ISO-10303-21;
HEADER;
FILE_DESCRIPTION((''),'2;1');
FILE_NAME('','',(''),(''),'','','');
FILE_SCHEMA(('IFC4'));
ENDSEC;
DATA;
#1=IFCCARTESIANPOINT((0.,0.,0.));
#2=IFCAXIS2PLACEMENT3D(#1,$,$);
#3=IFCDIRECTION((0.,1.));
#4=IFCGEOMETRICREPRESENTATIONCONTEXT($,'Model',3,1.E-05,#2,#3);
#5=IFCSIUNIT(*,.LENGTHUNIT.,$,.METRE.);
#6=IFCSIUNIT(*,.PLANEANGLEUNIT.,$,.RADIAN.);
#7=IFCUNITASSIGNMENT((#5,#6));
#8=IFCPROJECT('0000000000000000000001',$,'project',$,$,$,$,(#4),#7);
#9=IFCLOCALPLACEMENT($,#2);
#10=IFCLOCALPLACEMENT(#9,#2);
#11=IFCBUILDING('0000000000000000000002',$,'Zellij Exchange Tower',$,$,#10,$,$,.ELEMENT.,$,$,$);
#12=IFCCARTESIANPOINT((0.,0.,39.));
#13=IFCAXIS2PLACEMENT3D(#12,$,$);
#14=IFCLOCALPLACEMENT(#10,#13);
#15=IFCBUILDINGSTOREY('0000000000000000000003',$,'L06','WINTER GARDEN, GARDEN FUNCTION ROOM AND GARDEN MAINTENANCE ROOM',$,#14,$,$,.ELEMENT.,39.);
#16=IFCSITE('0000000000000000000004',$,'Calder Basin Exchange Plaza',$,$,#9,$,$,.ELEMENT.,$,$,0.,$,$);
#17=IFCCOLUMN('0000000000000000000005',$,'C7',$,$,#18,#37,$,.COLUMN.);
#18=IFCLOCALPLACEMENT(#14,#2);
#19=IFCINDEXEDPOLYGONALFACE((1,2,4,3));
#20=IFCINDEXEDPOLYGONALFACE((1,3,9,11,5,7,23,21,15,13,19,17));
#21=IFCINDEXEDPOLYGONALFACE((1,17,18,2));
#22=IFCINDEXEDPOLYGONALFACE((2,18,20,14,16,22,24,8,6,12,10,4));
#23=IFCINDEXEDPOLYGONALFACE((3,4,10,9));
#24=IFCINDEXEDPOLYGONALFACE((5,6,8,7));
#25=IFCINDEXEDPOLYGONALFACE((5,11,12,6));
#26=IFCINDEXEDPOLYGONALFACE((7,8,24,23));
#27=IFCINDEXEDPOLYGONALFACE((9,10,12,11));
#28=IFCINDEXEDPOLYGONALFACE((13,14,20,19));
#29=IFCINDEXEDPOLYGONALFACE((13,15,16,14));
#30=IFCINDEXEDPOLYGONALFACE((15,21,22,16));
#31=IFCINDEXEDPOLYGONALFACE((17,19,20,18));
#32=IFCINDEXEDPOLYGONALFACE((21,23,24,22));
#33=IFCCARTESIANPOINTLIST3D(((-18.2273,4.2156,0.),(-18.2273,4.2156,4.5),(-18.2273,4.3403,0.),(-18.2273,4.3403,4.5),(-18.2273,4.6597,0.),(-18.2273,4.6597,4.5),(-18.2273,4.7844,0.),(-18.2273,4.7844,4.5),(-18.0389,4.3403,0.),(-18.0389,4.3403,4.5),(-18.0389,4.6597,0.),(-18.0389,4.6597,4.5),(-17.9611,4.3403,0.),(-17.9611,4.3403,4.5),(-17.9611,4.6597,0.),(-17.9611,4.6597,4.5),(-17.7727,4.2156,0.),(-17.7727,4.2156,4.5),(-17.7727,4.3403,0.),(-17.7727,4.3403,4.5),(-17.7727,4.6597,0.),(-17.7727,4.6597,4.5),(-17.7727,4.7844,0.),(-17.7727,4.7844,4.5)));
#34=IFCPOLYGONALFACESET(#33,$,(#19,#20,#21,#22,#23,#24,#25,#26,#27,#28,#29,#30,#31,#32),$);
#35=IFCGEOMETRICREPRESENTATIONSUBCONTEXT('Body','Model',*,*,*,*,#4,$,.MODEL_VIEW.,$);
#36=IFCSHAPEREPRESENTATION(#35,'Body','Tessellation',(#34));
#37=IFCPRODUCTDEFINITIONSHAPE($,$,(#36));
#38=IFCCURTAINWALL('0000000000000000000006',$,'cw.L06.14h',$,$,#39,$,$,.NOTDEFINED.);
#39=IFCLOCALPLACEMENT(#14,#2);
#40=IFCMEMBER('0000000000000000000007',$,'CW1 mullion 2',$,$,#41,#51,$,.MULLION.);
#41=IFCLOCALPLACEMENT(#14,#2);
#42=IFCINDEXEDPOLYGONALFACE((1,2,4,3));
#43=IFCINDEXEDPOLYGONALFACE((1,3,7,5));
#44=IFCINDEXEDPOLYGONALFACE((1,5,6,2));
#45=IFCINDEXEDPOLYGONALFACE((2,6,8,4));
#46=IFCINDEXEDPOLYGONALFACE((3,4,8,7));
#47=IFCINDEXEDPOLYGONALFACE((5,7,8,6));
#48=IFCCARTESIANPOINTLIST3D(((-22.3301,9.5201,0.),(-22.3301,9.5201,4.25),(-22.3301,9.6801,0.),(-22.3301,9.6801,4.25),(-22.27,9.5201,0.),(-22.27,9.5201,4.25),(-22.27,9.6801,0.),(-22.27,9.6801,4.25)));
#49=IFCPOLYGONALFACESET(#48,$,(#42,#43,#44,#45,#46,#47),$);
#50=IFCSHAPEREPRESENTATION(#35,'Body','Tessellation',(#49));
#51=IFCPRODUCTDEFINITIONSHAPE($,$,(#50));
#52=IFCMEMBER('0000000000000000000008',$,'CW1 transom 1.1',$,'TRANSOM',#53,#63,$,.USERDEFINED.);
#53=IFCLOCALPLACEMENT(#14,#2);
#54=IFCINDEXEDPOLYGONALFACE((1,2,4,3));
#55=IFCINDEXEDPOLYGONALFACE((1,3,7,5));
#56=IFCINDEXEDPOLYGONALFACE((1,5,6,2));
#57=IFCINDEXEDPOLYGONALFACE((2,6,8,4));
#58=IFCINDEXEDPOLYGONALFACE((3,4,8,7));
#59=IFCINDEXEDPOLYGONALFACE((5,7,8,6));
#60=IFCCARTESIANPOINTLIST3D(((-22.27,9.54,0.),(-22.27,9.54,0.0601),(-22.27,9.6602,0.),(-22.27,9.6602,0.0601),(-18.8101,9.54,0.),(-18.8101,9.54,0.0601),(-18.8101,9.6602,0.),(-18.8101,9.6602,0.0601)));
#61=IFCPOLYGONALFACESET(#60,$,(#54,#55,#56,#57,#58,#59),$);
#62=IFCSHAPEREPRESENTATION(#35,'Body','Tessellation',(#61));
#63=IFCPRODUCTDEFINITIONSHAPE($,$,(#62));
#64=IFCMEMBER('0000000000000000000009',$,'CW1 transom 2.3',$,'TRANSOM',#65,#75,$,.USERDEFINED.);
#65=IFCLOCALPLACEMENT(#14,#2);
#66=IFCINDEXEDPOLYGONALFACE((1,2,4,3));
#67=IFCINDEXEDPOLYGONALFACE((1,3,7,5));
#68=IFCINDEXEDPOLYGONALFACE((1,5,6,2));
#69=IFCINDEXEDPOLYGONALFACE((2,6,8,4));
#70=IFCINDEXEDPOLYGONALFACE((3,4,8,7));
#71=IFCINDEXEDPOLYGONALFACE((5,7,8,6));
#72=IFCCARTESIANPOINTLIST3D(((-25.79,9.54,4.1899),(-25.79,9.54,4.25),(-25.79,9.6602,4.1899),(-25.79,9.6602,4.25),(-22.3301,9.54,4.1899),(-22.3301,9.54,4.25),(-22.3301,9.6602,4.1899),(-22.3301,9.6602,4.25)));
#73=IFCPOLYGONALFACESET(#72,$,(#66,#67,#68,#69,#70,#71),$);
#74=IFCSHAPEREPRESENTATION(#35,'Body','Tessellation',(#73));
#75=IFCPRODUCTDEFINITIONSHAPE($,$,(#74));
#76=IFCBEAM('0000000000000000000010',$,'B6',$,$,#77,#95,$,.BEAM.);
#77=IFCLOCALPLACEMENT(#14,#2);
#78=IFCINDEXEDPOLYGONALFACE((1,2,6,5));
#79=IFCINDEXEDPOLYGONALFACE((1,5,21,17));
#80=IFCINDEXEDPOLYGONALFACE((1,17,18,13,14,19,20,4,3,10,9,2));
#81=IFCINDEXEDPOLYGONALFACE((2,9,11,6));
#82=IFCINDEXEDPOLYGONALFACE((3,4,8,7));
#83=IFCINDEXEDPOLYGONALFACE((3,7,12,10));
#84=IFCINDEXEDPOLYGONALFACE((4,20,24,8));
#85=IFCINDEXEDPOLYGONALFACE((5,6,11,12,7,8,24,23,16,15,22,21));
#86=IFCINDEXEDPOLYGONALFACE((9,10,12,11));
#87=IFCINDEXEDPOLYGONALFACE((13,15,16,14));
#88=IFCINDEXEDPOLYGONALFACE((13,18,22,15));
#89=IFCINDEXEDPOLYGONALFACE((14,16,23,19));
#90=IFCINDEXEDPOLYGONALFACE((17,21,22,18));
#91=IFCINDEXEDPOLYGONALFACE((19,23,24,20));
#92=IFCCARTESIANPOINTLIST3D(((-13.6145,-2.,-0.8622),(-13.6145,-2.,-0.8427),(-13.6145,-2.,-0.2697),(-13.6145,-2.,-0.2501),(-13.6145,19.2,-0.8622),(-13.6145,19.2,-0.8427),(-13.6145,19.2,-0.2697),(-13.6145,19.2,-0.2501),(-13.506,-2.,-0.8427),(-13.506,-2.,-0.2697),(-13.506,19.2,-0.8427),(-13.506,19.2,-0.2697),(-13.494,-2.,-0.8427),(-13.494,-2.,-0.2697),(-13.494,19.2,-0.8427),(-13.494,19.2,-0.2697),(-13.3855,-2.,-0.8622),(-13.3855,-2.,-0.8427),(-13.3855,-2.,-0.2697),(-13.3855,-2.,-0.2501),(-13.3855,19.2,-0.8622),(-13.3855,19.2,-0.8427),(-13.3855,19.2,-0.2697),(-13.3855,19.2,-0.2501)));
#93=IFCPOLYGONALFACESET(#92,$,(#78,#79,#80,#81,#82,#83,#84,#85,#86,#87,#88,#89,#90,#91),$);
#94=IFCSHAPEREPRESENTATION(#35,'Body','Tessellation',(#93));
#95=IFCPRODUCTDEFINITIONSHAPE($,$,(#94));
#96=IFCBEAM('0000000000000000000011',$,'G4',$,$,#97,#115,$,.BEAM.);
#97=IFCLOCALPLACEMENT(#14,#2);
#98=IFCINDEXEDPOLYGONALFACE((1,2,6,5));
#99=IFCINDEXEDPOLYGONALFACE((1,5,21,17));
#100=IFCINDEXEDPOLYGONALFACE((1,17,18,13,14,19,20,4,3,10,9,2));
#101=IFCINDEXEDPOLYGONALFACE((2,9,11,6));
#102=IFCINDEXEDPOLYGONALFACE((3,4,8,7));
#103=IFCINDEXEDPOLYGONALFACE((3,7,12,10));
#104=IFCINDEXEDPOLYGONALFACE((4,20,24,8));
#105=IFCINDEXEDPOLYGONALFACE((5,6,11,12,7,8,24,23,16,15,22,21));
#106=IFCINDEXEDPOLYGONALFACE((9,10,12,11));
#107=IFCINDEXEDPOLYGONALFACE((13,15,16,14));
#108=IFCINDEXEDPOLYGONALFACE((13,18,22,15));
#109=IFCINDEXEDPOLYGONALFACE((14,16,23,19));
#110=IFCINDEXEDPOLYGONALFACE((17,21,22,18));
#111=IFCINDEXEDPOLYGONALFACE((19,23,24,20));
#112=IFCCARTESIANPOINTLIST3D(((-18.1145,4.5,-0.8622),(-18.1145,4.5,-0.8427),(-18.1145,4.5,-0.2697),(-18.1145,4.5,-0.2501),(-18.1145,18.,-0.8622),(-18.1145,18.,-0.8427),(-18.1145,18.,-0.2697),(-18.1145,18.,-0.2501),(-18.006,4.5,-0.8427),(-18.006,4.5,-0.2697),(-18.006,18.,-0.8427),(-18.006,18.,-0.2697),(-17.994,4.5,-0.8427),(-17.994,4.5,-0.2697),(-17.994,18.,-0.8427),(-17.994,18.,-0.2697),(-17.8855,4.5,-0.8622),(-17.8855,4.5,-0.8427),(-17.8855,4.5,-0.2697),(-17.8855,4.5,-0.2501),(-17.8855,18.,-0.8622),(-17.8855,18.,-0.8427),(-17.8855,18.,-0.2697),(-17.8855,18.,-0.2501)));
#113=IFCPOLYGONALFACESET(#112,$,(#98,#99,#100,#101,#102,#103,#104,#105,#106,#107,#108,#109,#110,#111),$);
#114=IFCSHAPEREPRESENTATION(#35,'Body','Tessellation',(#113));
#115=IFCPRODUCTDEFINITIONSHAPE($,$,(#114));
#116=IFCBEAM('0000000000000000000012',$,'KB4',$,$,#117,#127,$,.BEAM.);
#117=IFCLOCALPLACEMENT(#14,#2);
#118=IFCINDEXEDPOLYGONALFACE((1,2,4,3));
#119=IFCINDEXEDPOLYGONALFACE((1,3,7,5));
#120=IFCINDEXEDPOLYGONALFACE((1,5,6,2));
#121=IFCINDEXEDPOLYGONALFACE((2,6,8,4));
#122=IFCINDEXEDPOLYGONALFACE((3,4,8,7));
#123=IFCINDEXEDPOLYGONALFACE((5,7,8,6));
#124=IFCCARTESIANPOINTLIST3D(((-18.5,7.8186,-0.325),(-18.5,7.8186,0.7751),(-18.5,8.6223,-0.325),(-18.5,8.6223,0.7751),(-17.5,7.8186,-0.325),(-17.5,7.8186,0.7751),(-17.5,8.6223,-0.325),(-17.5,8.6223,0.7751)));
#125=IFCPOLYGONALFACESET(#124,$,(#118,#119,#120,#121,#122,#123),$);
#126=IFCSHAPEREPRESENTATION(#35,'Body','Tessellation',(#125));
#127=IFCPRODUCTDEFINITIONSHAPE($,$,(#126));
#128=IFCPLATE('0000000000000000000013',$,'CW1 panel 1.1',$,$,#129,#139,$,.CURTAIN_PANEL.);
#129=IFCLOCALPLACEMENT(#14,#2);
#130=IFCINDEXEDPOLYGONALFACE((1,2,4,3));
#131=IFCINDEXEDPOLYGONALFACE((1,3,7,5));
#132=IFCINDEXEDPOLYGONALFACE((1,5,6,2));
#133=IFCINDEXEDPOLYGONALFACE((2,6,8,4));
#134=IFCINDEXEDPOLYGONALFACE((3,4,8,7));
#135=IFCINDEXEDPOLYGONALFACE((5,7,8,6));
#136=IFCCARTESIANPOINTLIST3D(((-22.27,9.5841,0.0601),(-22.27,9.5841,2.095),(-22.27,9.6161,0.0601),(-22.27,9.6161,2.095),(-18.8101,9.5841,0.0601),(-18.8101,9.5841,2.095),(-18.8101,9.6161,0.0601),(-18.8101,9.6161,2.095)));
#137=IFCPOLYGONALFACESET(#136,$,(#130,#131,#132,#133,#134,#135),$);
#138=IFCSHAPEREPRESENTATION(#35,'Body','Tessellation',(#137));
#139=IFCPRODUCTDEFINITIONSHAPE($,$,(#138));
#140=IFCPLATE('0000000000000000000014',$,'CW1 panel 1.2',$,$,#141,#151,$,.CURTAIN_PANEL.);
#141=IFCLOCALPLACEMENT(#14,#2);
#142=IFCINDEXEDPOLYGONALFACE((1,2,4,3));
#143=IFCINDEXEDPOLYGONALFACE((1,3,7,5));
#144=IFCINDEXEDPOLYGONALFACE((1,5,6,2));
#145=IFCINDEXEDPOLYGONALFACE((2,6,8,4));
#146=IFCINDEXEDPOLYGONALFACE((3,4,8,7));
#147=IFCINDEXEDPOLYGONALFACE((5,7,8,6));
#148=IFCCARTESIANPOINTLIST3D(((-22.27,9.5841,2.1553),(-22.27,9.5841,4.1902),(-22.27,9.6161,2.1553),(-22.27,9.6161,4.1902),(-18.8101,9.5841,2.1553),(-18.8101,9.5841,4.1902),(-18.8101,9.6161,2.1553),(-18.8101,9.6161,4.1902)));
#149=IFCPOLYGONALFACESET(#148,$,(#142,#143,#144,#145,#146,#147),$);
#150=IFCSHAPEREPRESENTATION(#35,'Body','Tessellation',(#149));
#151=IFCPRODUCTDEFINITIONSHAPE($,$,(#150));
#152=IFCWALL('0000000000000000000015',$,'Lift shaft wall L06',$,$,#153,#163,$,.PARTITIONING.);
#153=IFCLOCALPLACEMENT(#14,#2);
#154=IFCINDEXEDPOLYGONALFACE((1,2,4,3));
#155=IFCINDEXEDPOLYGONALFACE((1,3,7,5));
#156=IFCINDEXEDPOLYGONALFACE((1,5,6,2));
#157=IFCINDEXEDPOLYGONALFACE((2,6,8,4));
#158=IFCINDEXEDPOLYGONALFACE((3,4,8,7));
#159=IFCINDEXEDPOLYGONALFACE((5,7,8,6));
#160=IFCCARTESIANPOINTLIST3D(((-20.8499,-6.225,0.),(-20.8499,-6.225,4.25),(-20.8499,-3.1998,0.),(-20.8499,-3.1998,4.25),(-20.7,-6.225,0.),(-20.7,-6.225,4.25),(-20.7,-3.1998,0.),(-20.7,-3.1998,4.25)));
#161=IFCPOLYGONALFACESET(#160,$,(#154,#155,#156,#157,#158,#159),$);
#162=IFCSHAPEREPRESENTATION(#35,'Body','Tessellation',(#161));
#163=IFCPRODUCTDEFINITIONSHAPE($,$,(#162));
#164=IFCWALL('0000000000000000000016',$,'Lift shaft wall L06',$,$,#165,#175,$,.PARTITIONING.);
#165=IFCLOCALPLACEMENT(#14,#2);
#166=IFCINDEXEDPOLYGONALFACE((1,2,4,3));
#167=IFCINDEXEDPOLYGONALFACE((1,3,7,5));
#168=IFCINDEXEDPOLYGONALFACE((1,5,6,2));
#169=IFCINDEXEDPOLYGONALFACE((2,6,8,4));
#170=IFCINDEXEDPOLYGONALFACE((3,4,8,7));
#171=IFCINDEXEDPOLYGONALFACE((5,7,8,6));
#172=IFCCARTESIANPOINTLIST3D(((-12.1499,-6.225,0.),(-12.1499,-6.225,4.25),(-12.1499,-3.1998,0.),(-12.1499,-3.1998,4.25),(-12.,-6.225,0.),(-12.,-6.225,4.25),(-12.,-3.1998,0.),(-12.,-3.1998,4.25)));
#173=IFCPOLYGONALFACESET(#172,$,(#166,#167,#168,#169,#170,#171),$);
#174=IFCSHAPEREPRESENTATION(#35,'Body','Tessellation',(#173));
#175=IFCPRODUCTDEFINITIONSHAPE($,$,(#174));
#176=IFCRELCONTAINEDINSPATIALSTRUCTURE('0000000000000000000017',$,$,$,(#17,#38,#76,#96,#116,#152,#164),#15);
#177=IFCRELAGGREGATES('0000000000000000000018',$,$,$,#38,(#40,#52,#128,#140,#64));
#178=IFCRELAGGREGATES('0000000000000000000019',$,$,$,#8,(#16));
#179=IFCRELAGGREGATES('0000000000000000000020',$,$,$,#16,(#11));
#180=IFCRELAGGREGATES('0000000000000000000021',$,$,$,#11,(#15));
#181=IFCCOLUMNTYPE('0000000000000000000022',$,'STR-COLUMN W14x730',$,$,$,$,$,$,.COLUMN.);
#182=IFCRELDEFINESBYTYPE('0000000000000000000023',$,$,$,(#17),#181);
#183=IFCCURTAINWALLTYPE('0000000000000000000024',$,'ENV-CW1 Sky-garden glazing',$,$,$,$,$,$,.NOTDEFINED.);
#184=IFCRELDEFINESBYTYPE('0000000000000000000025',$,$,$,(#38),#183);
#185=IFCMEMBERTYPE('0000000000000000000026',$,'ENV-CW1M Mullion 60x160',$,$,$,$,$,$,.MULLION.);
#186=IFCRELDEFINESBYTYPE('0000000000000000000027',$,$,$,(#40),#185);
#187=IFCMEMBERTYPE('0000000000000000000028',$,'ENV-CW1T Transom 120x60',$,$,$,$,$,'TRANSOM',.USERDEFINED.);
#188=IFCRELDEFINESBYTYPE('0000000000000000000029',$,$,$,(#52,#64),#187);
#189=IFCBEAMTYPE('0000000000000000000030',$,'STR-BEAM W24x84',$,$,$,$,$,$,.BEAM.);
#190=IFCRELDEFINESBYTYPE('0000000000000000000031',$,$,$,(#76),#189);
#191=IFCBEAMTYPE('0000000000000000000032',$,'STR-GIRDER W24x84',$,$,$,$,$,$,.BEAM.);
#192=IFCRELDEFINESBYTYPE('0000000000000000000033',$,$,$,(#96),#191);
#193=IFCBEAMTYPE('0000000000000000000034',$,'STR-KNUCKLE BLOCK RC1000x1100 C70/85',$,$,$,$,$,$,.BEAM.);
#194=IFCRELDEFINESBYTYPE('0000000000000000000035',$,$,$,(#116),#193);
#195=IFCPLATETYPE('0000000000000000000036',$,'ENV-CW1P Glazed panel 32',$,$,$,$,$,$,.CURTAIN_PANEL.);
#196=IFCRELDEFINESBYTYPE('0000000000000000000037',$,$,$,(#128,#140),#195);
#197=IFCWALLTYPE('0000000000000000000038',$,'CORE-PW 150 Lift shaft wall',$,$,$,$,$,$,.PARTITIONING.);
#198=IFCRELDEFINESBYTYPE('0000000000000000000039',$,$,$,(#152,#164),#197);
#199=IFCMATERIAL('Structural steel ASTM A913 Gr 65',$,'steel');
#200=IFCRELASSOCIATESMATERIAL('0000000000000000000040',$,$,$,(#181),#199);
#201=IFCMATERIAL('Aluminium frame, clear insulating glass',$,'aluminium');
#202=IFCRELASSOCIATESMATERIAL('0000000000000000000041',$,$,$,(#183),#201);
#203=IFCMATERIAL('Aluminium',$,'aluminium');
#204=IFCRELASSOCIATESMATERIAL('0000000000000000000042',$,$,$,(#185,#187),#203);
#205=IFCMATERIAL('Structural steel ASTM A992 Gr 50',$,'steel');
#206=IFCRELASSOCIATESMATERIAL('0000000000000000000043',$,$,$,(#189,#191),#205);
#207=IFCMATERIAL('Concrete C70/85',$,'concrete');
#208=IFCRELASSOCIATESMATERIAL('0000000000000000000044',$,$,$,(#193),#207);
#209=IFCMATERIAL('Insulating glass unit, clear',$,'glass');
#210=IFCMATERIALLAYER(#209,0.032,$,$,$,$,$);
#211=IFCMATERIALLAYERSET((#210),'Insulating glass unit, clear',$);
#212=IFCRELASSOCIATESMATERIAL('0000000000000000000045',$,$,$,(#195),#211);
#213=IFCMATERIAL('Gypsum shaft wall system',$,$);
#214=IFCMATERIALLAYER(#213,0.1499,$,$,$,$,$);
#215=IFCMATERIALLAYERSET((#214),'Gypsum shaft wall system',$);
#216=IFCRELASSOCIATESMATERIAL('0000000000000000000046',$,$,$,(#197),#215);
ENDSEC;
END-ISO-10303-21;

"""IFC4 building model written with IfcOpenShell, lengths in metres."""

from ifc_helpers import new_model, si_unit, direction, frame, frame_2d, origin, origin_2d, place, context, subcontext, project, spatial, rectangle, i_section, extrude, material, layer, layer_set, material_profile, profile_set, type_object, element, aggregate, save


model = new_model("IFC4")

# Units and contexts
model_context = context("Model", 3, precision=1e-05, world=origin(), true_north=direction((0.0, 1.0)))
body_context = subcontext(model_context, "Body", "Model", "MODEL_VIEW")
ifc_project = project(units=[si_unit("LENGTHUNIT", "METRE"), si_unit("PLANEANGLEUNIT", "RADIAN")], contexts=[model_context])

# Site, building, storey
site_placement = place(None, origin())
site = spatial("IfcSite", under=ifc_project, at=site_placement, Name="Calder Basin Exchange Plaza", CompositionType="ELEMENT", RefElevation=0.0)
building_placement = place(site_placement, origin())
building = spatial("IfcBuilding", under=site, at=building_placement, Name="Zellij Exchange Tower", CompositionType="ELEMENT")
storey_placement = place(building_placement, frame((0.0, 0.0, 39.0)))
storey = spatial("IfcBuildingStorey", under=building, at=storey_placement, Name="L06", Description="WINTER GARDEN, GARDEN FUNCTION ROOM AND GARDEN MAINTENANCE ROOM", CompositionType="ELEMENT", Elevation=39.0)

# Column
ifc_material_1 = material(Name="Concrete C70/85", Category="concrete")
ifc_material_2 = material(Name="Structural steel ASTM A913 Gr 65", Category="steel")
ifc_material_profile_1 = material_profile(ifc_material_2, i_section(OverallWidth=0.4546, OverallDepth=0.5688, WebThickness=0.0779, FlangeThickness=0.1248, at=origin_2d()), Name="W14x730")
ifc_profile_set_1 = profile_set([ifc_material_profile_1], Name="Structural steel ASTM A913 Gr 65")
column_type_1 = type_object("IfcColumnType", Name="STR-COLUMN W14x730", PredefinedType="COLUMN", material=ifc_profile_set_1)
column_1_placement = place(storey_placement, frame((-18.0, 4.5, 0.0), z_axis=(0.0, 0.0, 1.0), x_axis=(1.0, 0.0, 0.0)))
element("IfcColumn", 1, at=column_1_placement, inside=storey, type_object=column_type_1, Name="C7", PredefinedType="COLUMN", context=body_context, shape_type="SweptSolid", body=[
    extrude(i_section(OverallWidth=0.4546, OverallDepth=0.5688, WebThickness=0.0779, FlangeThickness=0.1248, at=origin_2d()), origin(), (0.0, 0.0, 1.0), 4.5),
])

# Curtain wall, members
ifc_material_3 = material(Name="Aluminium frame, clear insulating glass", Category="aluminium")
curtain_wall_type = type_object("IfcCurtainWallType", Name="ENV-CW1 Sky-garden glazing", PredefinedType="NOTDEFINED", material=ifc_material_3)
curtain_wall_placement = place(storey_placement, origin())
curtain_wall = element("IfcCurtainWall", 2, at=curtain_wall_placement, inside=storey, type_object=curtain_wall_type, Name="cw.L06.14h", PredefinedType="NOTDEFINED")
ifc_material_4 = material(Name="Aluminium", Category="aluminium")
ifc_material_profile_2 = material_profile(ifc_material_4, rectangle(XDim=0.0601, YDim=0.1599, at=origin_2d()), Name="AL 60x160")
ifc_profile_set_2 = profile_set([ifc_material_profile_2], Name="Aluminium")
member_type_1 = type_object("IfcMemberType", Name="ENV-CW1M Mullion 60x160", PredefinedType="MULLION", material=ifc_profile_set_2)
member_1_placement = place(storey_placement, frame((-22.3, 9.6001, 0.0), z_axis=(0.0, 0.0, 1.0), x_axis=(-1.0, 0.0, 0.0)))
member_1 = element("IfcMember", 3, at=member_1_placement, type_object=member_type_1, Name="CW1 mullion 2", PredefinedType="MULLION", context=body_context, shape_type="SweptSolid", body=[
    extrude(rectangle(XDim=0.0601, YDim=0.1599, at=origin_2d()), origin(), (0.0, 0.0, 1.0), 4.25),
])
ifc_material_profile_3 = material_profile(ifc_material_4, rectangle(XDim=0.1201, YDim=0.0601, at=origin_2d()), Name="AL 120x60")
ifc_profile_set_3 = profile_set([ifc_material_profile_3], Name="Aluminium")
member_type_2 = type_object("IfcMemberType", Name="ENV-CW1T Transom 120x60", ElementType="TRANSOM", PredefinedType="USERDEFINED", material=ifc_profile_set_3)
member_2_placement = place(storey_placement, frame((-18.8101, 9.6001, 0.03), z_axis=(-1.0, 0.0, 0.0), x_axis=(0.0, -1.0, 0.0)))
member_2 = element("IfcMember", 4, at=member_2_placement, type_object=member_type_2, Name="CW1 transom 1.1", ObjectType="TRANSOM", PredefinedType="USERDEFINED", context=body_context, shape_type="SweptSolid", body=[
    extrude(rectangle(XDim=0.1201, YDim=0.0601, at=origin_2d()), origin(), (0.0, 0.0, 1.0), 3.46),
])
member_3_placement = place(storey_placement, frame((-22.3301, 9.6001, 4.22), z_axis=(-1.0, 0.0, 0.0), x_axis=(0.0, -1.0, 0.0)))
member_3 = element("IfcMember", 5, at=member_3_placement, type_object=member_type_2, Name="CW1 transom 2.3", ObjectType="TRANSOM", PredefinedType="USERDEFINED", context=body_context, shape_type="SweptSolid", body=[
    extrude(rectangle(XDim=0.1201, YDim=0.0601, at=origin_2d()), origin(), (0.0, 0.0, 1.0), 3.46),
])

# Beams
ifc_material_5 = material(Name="Structural steel ASTM A992 Gr 50", Category="steel")
ifc_material_profile_4 = material_profile(ifc_material_5, i_section(OverallWidth=0.229, OverallDepth=0.6121, WebThickness=0.012, FlangeThickness=0.0195, at=origin_2d()), Name="W24x84")
ifc_profile_set_4 = profile_set([ifc_material_profile_4], Name="Structural steel ASTM A992 Gr 50")
beam_type_1 = type_object("IfcBeamType", Name="STR-BEAM W24x84", PredefinedType="BEAM", material=ifc_profile_set_4)
beam_1_placement = place(storey_placement, frame((-13.5, -2.0, -0.5562), z_axis=(0.0, 1.0, 0.0), x_axis=(-1.0, 0.0, 0.0)))
element("IfcBeam", 6, at=beam_1_placement, inside=storey, type_object=beam_type_1, Name="B6", PredefinedType="BEAM", context=body_context, shape_type="SweptSolid", body=[
    extrude(i_section(OverallWidth=0.229, OverallDepth=0.6121, WebThickness=0.012, FlangeThickness=0.0195, at=origin_2d()), origin(), (0.0, 0.0, 1.0), 21.2),
])
ifc_material_profile_5 = material_profile(ifc_material_5, i_section(OverallWidth=0.229, OverallDepth=0.6121, WebThickness=0.012, FlangeThickness=0.0195, at=origin_2d()), Name="W24x84")
ifc_profile_set_5 = profile_set([ifc_material_profile_5], Name="Structural steel ASTM A992 Gr 50")
beam_type_2 = type_object("IfcBeamType", Name="STR-GIRDER W24x84", PredefinedType="BEAM", material=ifc_profile_set_5)
beam_2_placement = place(storey_placement, frame((-18.0, 4.5, -0.5562), z_axis=(0.0, 1.0, 0.0), x_axis=(-1.0, 0.0, 0.0)))
element("IfcBeam", 7, at=beam_2_placement, inside=storey, type_object=beam_type_2, Name="G4", PredefinedType="BEAM", context=body_context, shape_type="SweptSolid", body=[
    extrude(i_section(OverallWidth=0.229, OverallDepth=0.6121, WebThickness=0.012, FlangeThickness=0.0195, at=origin_2d()), origin(), (0.0, 0.0, 1.0), 13.5),
])
ifc_material_profile_6 = material_profile(ifc_material_1, rectangle(XDim=1.0, YDim=1.1001, at=origin_2d()), Name="STR-KNUCKLE BLOCK RC1000x1100 C70/85")
ifc_profile_set_6 = profile_set([ifc_material_profile_6], Name="Concrete C70/85")
beam_type_3 = type_object("IfcBeamType", Name="STR-KNUCKLE BLOCK RC1000x1100 C70/85", PredefinedType="BEAM", material=ifc_profile_set_6)
beam_3_placement = place(storey_placement, frame((-18.0, 7.8186, 0.2251), z_axis=(0.0, 1.0, 0.0), x_axis=(-1.0, 0.0, 0.0)))
element("IfcBeam", 8, at=beam_3_placement, inside=storey, type_object=beam_type_3, Name="KB4", PredefinedType="BEAM", context=body_context, shape_type="SweptSolid", body=[
    extrude(rectangle(XDim=1.0, YDim=1.1001, at=origin_2d()), origin(), (0.0, 0.0, 1.0), 0.8037),
])

# Plates
ifc_material_6 = material(Name="Insulating glass unit, clear", Category="glass")
ifc_layer_1 = layer(ifc_material_6, 0.032)
ifc_layer_set_1 = layer_set([ifc_layer_1], Name="Insulating glass unit, clear")
plate_type = type_object("IfcPlateType", Name="ENV-CW1P Glazed panel 32", PredefinedType="CURTAIN_PANEL", material=ifc_layer_set_1)
plate_1_placement = place(storey_placement, frame((-20.54, 9.6001, 0.0601), z_axis=(0.0, 0.0, 1.0), x_axis=(-1.0, 0.0, 0.0)))
plate_1 = element("IfcPlate", 9, at=plate_1_placement, type_object=plate_type, Name="CW1 panel 1.1", PredefinedType="CURTAIN_PANEL", context=body_context, shape_type="SweptSolid", body=[
    extrude(rectangle(XDim=3.46, YDim=0.032, at=origin_2d()), origin(), (0.0, 0.0, 1.0), 2.0349),
])
plate_2_placement = place(storey_placement, frame((-20.54, 9.6001, 2.1553), z_axis=(0.0, 0.0, 1.0), x_axis=(-1.0, 0.0, 0.0)))
plate_2 = element("IfcPlate", 10, at=plate_2_placement, type_object=plate_type, Name="CW1 panel 1.2", PredefinedType="CURTAIN_PANEL", context=body_context, shape_type="SweptSolid", body=[
    extrude(rectangle(XDim=3.46, YDim=0.032, at=origin_2d()), origin(), (0.0, 0.0, 1.0), 2.0349),
])
aggregate(curtain_wall, [member_1, member_2, plate_1, plate_2, member_3])

# Walls
ifc_material_7 = material(Name="Gypsum shaft wall system")
ifc_layer_2 = layer(ifc_material_7, 0.1499)
ifc_layer_set_2 = layer_set([ifc_layer_2], Name="Gypsum shaft wall system")
wall_type_1 = type_object("IfcWallType", Name="CORE-PW 150 Lift shaft wall", PredefinedType="PARTITIONING", material=ifc_layer_set_2)
for number, where, z_axis, x_axis, name in (
    (11, (-20.7749, -6.2251, 0.0), (0.0, 0.0, 1.0), (0.0, 1.0, 0.0), "Lift shaft wall L06"),
    (12, (-12.075, -6.2251, 0.0), (0.0, 0.0, 1.0), (0.0, 1.0, 0.0), "Lift shaft wall L06"),
):
    element("IfcWall", number, at=place(storey_placement, frame(where, z_axis=z_axis, x_axis=x_axis)), inside=storey, type_object=wall_type_1, Name=name, PredefinedType="PARTITIONING", context=body_context, shape_type="SweptSolid", body=[
        extrude(rectangle(XDim=3.0251, YDim=0.1499, at=frame_2d((1.5127, 0.0))), origin(), (0.0, 0.0, 1.0), 4.25),
    ])

save(model, "model.ifc")
